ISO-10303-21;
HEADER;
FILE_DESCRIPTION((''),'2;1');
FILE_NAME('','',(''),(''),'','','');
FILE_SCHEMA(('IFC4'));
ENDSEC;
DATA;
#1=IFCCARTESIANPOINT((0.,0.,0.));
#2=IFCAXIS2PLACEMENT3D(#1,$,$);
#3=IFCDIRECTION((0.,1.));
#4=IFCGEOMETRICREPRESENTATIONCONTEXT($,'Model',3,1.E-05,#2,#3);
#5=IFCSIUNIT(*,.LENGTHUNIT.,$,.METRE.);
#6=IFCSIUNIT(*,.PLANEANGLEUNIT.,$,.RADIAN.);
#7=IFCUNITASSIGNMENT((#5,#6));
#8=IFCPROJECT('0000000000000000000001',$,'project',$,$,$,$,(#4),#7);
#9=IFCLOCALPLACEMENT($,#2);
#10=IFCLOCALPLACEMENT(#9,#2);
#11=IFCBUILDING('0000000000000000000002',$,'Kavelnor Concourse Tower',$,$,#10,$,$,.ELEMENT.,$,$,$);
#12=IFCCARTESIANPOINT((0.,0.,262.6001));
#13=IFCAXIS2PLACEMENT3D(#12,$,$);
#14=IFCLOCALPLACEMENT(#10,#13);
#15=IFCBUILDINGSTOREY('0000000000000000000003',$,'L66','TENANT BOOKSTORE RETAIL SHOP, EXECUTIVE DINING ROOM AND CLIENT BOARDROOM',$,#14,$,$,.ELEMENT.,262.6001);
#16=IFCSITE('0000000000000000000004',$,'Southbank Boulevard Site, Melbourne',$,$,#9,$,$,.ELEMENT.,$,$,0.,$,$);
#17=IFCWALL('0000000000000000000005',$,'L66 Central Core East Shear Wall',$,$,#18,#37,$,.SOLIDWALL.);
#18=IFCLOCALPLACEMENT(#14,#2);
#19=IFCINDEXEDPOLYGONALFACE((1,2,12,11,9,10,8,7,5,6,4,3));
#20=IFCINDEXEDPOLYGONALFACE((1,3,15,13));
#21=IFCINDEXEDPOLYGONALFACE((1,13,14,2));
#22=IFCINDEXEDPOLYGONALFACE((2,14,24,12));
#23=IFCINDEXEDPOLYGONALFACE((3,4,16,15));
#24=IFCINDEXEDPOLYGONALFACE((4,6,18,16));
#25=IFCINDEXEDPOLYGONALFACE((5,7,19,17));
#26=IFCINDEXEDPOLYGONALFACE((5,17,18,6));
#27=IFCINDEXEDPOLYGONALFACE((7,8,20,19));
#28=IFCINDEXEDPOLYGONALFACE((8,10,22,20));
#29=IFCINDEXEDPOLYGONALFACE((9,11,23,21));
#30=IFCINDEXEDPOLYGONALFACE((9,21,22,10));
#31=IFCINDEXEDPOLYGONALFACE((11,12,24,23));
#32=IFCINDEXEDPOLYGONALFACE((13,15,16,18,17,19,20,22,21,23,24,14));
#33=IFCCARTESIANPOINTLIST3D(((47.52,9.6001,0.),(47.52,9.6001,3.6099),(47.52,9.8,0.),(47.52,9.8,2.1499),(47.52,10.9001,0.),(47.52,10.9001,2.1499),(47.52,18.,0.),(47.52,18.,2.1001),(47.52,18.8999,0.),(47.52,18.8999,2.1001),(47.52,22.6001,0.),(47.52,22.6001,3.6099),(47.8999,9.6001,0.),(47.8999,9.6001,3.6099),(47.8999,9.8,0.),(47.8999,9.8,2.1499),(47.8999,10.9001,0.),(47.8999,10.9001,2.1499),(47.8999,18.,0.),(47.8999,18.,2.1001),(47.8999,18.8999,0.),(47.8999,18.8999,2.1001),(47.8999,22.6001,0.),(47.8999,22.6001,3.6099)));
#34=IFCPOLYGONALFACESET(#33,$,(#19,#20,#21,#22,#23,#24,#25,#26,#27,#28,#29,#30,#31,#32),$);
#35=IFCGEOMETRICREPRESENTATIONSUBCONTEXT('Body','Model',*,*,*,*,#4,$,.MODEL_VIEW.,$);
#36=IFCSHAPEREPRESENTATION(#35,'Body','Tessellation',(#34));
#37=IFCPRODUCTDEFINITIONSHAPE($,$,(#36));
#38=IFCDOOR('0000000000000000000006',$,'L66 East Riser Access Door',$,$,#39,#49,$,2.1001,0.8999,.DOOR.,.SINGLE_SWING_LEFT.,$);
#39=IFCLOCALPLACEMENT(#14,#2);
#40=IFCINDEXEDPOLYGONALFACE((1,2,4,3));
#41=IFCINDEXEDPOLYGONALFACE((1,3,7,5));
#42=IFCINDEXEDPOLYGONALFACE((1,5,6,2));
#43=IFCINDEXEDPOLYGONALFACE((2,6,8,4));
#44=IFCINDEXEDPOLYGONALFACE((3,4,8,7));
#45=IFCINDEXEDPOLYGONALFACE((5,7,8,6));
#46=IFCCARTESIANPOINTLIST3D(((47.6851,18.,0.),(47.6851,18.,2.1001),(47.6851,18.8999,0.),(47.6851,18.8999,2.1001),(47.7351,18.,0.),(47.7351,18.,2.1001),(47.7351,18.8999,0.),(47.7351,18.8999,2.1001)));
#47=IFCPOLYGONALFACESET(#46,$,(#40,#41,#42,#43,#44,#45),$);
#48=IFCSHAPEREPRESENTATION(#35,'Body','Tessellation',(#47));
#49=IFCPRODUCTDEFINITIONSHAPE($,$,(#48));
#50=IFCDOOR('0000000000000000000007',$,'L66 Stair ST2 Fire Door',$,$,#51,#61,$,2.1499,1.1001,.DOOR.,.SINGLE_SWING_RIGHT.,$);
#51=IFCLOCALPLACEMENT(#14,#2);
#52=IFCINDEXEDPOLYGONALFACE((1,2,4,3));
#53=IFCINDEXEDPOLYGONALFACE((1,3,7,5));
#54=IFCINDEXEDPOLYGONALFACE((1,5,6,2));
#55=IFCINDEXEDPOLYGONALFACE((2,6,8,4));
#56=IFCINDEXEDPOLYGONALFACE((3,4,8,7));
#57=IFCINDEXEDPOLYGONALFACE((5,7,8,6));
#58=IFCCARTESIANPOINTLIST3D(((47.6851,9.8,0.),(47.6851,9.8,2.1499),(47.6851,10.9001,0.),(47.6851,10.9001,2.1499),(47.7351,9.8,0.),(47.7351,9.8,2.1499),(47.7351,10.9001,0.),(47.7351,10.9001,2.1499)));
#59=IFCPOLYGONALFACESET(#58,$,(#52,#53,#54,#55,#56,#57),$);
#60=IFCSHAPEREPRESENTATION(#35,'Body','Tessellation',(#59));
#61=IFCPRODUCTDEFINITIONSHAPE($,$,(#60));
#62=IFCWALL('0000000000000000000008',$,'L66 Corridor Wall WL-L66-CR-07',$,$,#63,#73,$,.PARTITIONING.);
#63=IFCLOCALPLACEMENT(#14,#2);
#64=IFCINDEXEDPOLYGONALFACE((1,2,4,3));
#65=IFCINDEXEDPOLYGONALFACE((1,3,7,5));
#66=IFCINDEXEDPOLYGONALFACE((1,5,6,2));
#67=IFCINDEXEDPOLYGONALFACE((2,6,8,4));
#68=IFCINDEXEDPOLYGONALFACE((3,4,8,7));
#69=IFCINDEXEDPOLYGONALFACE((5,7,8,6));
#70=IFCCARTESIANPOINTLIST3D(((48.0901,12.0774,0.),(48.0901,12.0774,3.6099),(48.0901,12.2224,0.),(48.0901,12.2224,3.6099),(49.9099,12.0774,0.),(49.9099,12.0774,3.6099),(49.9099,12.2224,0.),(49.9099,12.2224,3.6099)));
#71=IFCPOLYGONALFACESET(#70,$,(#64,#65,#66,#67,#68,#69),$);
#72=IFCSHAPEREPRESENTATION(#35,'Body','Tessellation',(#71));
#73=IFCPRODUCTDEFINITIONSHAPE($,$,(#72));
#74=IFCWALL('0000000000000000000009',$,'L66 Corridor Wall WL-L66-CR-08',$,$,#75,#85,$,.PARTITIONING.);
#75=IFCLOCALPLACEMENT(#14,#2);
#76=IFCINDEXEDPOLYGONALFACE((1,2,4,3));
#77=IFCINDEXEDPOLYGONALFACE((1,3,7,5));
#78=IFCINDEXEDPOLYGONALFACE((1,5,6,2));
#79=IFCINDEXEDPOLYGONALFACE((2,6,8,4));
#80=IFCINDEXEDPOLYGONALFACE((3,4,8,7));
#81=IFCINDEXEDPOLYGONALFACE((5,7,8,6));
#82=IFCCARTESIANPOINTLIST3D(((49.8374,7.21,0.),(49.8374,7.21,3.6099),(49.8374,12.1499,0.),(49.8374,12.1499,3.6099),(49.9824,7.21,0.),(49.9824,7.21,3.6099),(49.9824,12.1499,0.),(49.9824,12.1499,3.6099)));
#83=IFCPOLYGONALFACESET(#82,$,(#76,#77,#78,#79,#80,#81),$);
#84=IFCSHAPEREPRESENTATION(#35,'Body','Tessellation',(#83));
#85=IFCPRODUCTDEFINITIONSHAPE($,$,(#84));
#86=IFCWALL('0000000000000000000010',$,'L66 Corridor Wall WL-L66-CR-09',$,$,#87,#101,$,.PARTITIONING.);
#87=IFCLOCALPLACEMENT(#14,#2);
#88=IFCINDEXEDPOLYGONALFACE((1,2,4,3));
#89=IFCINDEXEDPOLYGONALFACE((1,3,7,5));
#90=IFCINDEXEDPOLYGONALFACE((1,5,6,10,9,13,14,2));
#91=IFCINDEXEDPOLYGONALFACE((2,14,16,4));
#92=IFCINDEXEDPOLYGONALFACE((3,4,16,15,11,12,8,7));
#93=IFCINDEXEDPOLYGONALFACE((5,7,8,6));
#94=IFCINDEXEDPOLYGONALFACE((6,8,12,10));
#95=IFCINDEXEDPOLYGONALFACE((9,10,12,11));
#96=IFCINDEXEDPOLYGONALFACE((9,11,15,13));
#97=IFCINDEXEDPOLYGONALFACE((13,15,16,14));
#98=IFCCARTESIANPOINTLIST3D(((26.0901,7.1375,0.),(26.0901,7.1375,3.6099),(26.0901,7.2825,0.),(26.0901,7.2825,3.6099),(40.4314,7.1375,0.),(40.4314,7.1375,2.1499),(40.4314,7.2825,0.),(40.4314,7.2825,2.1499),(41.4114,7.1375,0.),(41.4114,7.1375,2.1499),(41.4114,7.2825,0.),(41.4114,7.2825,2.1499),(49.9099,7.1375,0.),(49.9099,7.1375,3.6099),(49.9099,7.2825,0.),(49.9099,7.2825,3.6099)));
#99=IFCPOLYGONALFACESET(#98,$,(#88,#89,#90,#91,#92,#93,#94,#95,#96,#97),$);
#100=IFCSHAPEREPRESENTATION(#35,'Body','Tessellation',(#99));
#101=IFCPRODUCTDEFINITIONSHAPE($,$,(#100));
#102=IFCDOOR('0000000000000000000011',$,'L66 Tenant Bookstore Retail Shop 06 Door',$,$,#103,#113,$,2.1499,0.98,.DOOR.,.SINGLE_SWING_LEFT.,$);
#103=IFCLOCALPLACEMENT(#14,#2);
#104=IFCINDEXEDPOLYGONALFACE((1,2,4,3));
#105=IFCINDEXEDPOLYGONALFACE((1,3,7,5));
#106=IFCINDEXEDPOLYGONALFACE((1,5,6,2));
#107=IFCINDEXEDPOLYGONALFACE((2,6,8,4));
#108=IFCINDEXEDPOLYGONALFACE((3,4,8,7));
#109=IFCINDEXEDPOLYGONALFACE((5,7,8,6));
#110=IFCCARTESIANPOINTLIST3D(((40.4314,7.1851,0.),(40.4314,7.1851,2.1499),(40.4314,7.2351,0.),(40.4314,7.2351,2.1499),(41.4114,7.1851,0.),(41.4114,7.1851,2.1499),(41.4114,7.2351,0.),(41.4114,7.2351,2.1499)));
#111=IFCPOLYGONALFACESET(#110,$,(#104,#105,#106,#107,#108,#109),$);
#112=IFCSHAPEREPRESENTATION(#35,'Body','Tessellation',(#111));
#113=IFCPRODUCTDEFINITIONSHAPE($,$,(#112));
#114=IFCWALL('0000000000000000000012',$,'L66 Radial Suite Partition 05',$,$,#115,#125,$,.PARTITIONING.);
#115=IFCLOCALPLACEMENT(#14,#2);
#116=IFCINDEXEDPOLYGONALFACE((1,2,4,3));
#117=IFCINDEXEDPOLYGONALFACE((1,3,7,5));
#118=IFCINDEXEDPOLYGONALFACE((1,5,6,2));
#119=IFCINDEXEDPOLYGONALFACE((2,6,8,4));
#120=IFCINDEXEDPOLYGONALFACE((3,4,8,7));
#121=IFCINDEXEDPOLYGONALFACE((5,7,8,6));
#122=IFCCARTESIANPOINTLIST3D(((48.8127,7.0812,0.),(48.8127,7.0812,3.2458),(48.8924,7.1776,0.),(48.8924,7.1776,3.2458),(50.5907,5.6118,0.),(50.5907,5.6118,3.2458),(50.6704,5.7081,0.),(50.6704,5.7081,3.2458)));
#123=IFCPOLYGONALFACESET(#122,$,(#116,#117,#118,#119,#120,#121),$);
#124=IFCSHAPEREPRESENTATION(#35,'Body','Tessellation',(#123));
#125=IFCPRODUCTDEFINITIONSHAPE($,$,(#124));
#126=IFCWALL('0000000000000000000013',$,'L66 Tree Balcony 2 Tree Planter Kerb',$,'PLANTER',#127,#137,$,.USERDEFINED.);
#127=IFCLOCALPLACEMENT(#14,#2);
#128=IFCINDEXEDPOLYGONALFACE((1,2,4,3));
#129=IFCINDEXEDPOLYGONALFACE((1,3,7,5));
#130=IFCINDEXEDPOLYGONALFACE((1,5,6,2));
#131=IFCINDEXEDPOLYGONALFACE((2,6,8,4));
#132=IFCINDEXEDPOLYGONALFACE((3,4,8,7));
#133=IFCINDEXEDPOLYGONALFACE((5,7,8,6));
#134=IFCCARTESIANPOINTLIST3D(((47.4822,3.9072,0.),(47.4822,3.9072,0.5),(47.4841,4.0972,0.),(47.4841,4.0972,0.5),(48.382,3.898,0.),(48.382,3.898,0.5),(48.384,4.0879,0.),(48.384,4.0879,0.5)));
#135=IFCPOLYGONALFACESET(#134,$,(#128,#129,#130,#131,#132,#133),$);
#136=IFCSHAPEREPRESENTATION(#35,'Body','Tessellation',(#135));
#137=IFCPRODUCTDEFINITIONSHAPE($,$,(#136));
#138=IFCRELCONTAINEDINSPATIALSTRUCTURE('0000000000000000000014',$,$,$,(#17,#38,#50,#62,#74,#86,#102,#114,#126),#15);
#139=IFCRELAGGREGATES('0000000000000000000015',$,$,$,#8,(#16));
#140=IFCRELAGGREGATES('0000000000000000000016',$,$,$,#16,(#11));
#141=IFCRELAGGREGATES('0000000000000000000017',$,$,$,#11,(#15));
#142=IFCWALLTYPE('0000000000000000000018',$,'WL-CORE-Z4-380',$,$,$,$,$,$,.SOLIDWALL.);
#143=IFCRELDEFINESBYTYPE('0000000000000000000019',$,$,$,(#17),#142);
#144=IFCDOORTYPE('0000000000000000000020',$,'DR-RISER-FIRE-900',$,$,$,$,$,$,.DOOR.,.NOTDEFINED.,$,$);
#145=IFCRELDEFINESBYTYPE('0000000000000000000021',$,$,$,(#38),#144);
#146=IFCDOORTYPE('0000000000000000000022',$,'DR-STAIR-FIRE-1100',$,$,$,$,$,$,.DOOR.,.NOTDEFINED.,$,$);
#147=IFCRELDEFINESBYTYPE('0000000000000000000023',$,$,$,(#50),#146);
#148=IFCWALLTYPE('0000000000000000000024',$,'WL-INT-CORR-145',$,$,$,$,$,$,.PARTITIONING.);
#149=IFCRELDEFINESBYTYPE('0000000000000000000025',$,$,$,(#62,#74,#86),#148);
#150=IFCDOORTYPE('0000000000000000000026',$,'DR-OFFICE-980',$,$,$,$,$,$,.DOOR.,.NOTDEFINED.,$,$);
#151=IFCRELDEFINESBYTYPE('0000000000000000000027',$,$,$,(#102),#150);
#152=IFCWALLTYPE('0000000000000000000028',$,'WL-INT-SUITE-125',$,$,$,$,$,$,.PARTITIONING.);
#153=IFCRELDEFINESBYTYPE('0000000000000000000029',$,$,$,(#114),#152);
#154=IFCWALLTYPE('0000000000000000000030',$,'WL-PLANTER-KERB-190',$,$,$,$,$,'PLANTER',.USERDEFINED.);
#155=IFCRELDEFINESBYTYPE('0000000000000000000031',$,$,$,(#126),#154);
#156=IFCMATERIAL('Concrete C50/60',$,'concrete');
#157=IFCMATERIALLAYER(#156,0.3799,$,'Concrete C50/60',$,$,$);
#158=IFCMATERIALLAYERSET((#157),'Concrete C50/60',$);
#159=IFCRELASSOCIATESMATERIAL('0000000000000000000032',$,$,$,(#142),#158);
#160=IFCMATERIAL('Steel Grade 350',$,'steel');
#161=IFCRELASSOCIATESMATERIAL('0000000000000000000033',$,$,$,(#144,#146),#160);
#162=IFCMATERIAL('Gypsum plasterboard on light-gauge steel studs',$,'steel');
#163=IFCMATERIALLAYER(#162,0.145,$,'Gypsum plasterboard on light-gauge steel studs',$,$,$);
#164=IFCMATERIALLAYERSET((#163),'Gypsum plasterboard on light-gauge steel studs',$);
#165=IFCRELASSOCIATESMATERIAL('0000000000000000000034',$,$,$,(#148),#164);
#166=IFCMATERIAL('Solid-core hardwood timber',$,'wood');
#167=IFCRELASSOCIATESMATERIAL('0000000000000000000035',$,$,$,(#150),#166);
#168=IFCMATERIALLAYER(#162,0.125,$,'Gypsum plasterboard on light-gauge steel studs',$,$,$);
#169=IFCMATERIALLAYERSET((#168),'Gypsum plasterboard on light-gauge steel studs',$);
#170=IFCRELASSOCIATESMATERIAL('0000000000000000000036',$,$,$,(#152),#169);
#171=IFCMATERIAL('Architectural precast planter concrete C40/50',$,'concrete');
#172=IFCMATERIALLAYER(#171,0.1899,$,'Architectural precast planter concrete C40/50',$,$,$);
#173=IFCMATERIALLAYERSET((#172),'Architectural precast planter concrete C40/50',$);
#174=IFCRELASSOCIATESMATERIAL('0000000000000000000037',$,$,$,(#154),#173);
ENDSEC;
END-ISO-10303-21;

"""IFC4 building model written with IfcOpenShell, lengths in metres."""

from ifc_helpers import new_model, si_unit, direction, frame, frame_2d, origin, place, context, subcontext, project, spatial, rectangle, extrude, material, layer, layer_set, type_object, element, fill, save


model = new_model("IFC4")

# Units and contexts
model_context = context("Model", 3, precision=1e-05, world=origin(), true_north=direction((0.0, 1.0)))
body_context = subcontext(model_context, "Body", "Model", "MODEL_VIEW")
ifc_project = project(units=[si_unit("LENGTHUNIT", "METRE"), si_unit("PLANEANGLEUNIT", "RADIAN")], contexts=[model_context])

# Site, building, storey
site_placement = place(None, origin())
site = spatial("IfcSite", under=ifc_project, at=site_placement, Name="Southbank Boulevard Site, Melbourne", CompositionType="ELEMENT", RefElevation=0.0)
building_placement = place(site_placement, origin())
building = spatial("IfcBuilding", under=site, at=building_placement, Name="Kavelnor Concourse Tower", CompositionType="ELEMENT")
storey_placement = place(building_placement, frame((0.0, 0.0, 262.6001)))
storey = spatial("IfcBuildingStorey", under=building, at=storey_placement, Name="L66", Description="TENANT BOOKSTORE RETAIL SHOP, EXECUTIVE DINING ROOM AND CLIENT BOARDROOM", CompositionType="ELEMENT", Elevation=262.6001)

# Shared definitions
ifc_material_1 = material(Name="Steel Grade 350", Category="steel")

# Wall, openings, doors
ifc_material_2 = material(Name="Concrete C50/60", Category="concrete")
ifc_layer_1 = layer(ifc_material_2, 0.3799, Name="Concrete C50/60")
ifc_layer_set_1 = layer_set([ifc_layer_1], Name="Concrete C50/60")
wall_type_1 = type_object("IfcWallType", Name="WL-CORE-Z4-380", PredefinedType="SOLIDWALL", material=ifc_layer_set_1)
wall_1_placement = place(storey_placement, frame((47.71, 9.6001, 0.0), z_axis=(0.0, 0.0, 1.0), x_axis=(0.0, 1.0, 0.0)))
wall_1 = element("IfcWall", 1, at=wall_1_placement, inside=storey, type_object=wall_type_1, Name="L66 Central Core East Shear Wall", PredefinedType="SOLIDWALL", context=body_context, shape_type="SweptSolid", body=[
    extrude(rectangle(XDim=13.0, YDim=0.3799, at=frame_2d((6.5, 0.0))), origin(), (0.0, 0.0, 1.0), 3.6099),
])
opening_1_placement = place(wall_1_placement, frame((0.2, 0.0, 0.0)))
opening_1 = element("IfcOpeningElement", 2, at=opening_1_placement, cuts=wall_1, PredefinedType="OPENING", context=body_context, shape_type="SweptSolid", body=[
    extrude(rectangle(XDim=1.1001, YDim=2.1499, at=frame_2d((0.55, 1.075))), frame((0.0, 0.2, 0.0), z_axis=(0.0, -1.0, 0.0), x_axis=(1.0, 0.0, 0.0)), (0.0, 0.0, 1.0), 0.3999),
])
opening_2_placement = place(wall_1_placement, frame((8.3999, 0.0, 0.0)))
opening_2 = element("IfcOpeningElement", 3, at=opening_2_placement, cuts=wall_1, PredefinedType="OPENING", context=body_context, shape_type="SweptSolid", body=[
    extrude(rectangle(XDim=0.8999, YDim=2.1001, at=frame_2d((0.45, 1.05))), frame((0.0, 0.2, 0.0), z_axis=(0.0, -1.0, 0.0), x_axis=(1.0, 0.0, 0.0)), (0.0, 0.0, 1.0), 0.3999),
])
door_type_1 = type_object("IfcDoorType", Name="DR-RISER-FIRE-900", OperationType="NOTDEFINED", PredefinedType="DOOR", material=ifc_material_1)
door_1_placement = place(opening_2_placement, origin())
door_1 = element("IfcDoor", 4, at=door_1_placement, inside=storey, type_object=door_type_1, Name="L66 East Riser Access Door", OperationType="SINGLE_SWING_LEFT", OverallHeight=2.1001, OverallWidth=0.8999, PredefinedType="DOOR", context=body_context, shape_type="SweptSolid", body=[
    extrude(rectangle(XDim=0.8999, YDim=2.1001, at=frame_2d((0.45, 1.05))), frame((0.0, 0.0249, 0.0), z_axis=(0.0, -1.0, 0.0), x_axis=(1.0, 0.0, 0.0)), (0.0, 0.0, 1.0), 0.05),
])
fill(opening_2, door_1)
door_type_2 = type_object("IfcDoorType", Name="DR-STAIR-FIRE-1100", OperationType="NOTDEFINED", PredefinedType="DOOR", material=ifc_material_1)
door_2_placement = place(opening_1_placement, origin())
door_2 = element("IfcDoor", 5, at=door_2_placement, inside=storey, type_object=door_type_2, Name="L66 Stair ST2 Fire Door", OperationType="SINGLE_SWING_RIGHT", OverallHeight=2.1499, OverallWidth=1.1001, PredefinedType="DOOR", context=body_context, shape_type="SweptSolid", body=[
    extrude(rectangle(XDim=1.1001, YDim=2.1499, at=frame_2d((0.55, 1.075))), frame((0.0, 0.0249, 0.0), z_axis=(0.0, -1.0, 0.0), x_axis=(1.0, 0.0, 0.0)), (0.0, 0.0, 1.0), 0.05),
])
fill(opening_1, door_2)

# Walls
ifc_material_3 = material(Name="Gypsum plasterboard on light-gauge steel studs", Category="steel")
ifc_layer_2 = layer(ifc_material_3, 0.145, Name="Gypsum plasterboard on light-gauge steel studs")
ifc_layer_set_2 = layer_set([ifc_layer_2], Name="Gypsum plasterboard on light-gauge steel studs")
wall_type_2 = type_object("IfcWallType", Name="WL-INT-CORR-145", PredefinedType="PARTITIONING", material=ifc_layer_set_2)
wall_2_placement = place(storey_placement, frame((48.0901, 12.1499, 0.0), z_axis=(0.0, 0.0, 1.0), x_axis=(1.0, 0.0, 0.0)))
element("IfcWall", 6, at=wall_2_placement, inside=storey, type_object=wall_type_2, Name="L66 Corridor Wall WL-L66-CR-07", PredefinedType="PARTITIONING", context=body_context, shape_type="SweptSolid", body=[
    extrude(rectangle(XDim=1.8198, YDim=0.145, at=frame_2d((0.9099, 0.0))), origin(), (0.0, 0.0, 1.0), 3.6099),
])
wall_3_placement = place(storey_placement, frame((49.9099, 12.1499, 0.0), z_axis=(0.0, 0.0, 1.0), x_axis=(0.0, -1.0, 0.0)))
element("IfcWall", 7, at=wall_3_placement, inside=storey, type_object=wall_type_2, Name="L66 Corridor Wall WL-L66-CR-08", PredefinedType="PARTITIONING", context=body_context, shape_type="SweptSolid", body=[
    extrude(rectangle(XDim=4.9399, YDim=0.145, at=frame_2d((2.47, 0.0))), origin(), (0.0, 0.0, 1.0), 3.6099),
])

# Wall, opening, door
wall_4_placement = place(storey_placement, frame((49.9099, 7.21, 0.0), z_axis=(0.0, 0.0, 1.0), x_axis=(-1.0, 0.0, 0.0)))
wall_4 = element("IfcWall", 8, at=wall_4_placement, inside=storey, type_object=wall_type_2, Name="L66 Corridor Wall WL-L66-CR-09", PredefinedType="PARTITIONING", context=body_context, shape_type="SweptSolid", body=[
    extrude(rectangle(XDim=23.8198, YDim=0.145, at=frame_2d((11.9099, 0.0))), origin(), (0.0, 0.0, 1.0), 3.6099),
])
opening_3_placement = place(wall_4_placement, frame((8.4985, 0.0, 0.0)))
opening_3 = element("IfcOpeningElement", 9, at=opening_3_placement, cuts=wall_4, PredefinedType="OPENING", context=body_context, shape_type="SweptSolid", body=[
    extrude(rectangle(XDim=0.98, YDim=2.1499, at=frame_2d((0.49, 1.075))), frame((0.0, 0.0825, 0.0), z_axis=(0.0, -1.0, 0.0), x_axis=(1.0, 0.0, 0.0)), (0.0, 0.0, 1.0), 0.165),
])
ifc_material_4 = material(Name="Solid-core hardwood timber", Category="wood")
door_type_3 = type_object("IfcDoorType", Name="DR-OFFICE-980", OperationType="NOTDEFINED", PredefinedType="DOOR", material=ifc_material_4)
door_3_placement = place(opening_3_placement, origin())
door_3 = element("IfcDoor", 10, at=door_3_placement, inside=storey, type_object=door_type_3, Name="L66 Tenant Bookstore Retail Shop 06 Door", OperationType="SINGLE_SWING_LEFT", OverallHeight=2.1499, OverallWidth=0.98, PredefinedType="DOOR", context=body_context, shape_type="SweptSolid", body=[
    extrude(rectangle(XDim=0.98, YDim=2.1499, at=frame_2d((0.49, 1.075))), frame((0.0, 0.0249, 0.0), z_axis=(0.0, -1.0, 0.0), x_axis=(1.0, 0.0, 0.0)), (0.0, 0.0, 1.0), 0.05),
])
fill(opening_3, door_3)

# Walls
ifc_layer_3 = layer(ifc_material_3, 0.125, Name="Gypsum plasterboard on light-gauge steel studs")
ifc_layer_set_3 = layer_set([ifc_layer_3], Name="Gypsum plasterboard on light-gauge steel studs")
wall_type_3 = type_object("IfcWallType", Name="WL-INT-SUITE-125", PredefinedType="PARTITIONING", material=ifc_layer_set_3)
wall_5_placement = place(storey_placement, frame((48.8525, 7.1294, 0.0), z_axis=(0.0, 0.0, 1.0), x_axis=(0.770826, -0.637046, 0.0)))
element("IfcWall", 11, at=wall_5_placement, inside=storey, type_object=wall_type_3, Name="L66 Radial Suite Partition 05", PredefinedType="PARTITIONING", context=body_context, shape_type="SweptSolid", body=[
    extrude(rectangle(XDim=2.3066, YDim=0.125, at=frame_2d((1.1533, 0.0))), origin(), (0.0, 0.0, 1.0), 3.2458),
])
ifc_material_5 = material(Name="Architectural precast planter concrete C40/50", Category="concrete")
ifc_layer_4 = layer(ifc_material_5, 0.1899, Name="Architectural precast planter concrete C40/50")
ifc_layer_set_4 = layer_set([ifc_layer_4], Name="Architectural precast planter concrete C40/50")
wall_type_4 = type_object("IfcWallType", Name="WL-PLANTER-KERB-190", ElementType="PLANTER", PredefinedType="USERDEFINED", material=ifc_layer_set_4)
wall_6_placement = place(storey_placement, frame((47.4832, 4.0022, 0.0), z_axis=(0.0, 0.0, 1.0), x_axis=(0.999947, -0.010309, 0.0)))
element("IfcWall", 12, at=wall_6_placement, inside=storey, type_object=wall_type_4, Name="L66 Tree Balcony 2 Tree Planter Kerb", ObjectType="PLANTER", PredefinedType="USERDEFINED", context=body_context, shape_type="SweptSolid", body=[
    extrude(rectangle(XDim=0.8999, YDim=0.1899, at=frame_2d((0.45, 0.0))), origin(), (0.0, 0.0, 1.0), 0.5),
])

save(model, "model.ifc")
